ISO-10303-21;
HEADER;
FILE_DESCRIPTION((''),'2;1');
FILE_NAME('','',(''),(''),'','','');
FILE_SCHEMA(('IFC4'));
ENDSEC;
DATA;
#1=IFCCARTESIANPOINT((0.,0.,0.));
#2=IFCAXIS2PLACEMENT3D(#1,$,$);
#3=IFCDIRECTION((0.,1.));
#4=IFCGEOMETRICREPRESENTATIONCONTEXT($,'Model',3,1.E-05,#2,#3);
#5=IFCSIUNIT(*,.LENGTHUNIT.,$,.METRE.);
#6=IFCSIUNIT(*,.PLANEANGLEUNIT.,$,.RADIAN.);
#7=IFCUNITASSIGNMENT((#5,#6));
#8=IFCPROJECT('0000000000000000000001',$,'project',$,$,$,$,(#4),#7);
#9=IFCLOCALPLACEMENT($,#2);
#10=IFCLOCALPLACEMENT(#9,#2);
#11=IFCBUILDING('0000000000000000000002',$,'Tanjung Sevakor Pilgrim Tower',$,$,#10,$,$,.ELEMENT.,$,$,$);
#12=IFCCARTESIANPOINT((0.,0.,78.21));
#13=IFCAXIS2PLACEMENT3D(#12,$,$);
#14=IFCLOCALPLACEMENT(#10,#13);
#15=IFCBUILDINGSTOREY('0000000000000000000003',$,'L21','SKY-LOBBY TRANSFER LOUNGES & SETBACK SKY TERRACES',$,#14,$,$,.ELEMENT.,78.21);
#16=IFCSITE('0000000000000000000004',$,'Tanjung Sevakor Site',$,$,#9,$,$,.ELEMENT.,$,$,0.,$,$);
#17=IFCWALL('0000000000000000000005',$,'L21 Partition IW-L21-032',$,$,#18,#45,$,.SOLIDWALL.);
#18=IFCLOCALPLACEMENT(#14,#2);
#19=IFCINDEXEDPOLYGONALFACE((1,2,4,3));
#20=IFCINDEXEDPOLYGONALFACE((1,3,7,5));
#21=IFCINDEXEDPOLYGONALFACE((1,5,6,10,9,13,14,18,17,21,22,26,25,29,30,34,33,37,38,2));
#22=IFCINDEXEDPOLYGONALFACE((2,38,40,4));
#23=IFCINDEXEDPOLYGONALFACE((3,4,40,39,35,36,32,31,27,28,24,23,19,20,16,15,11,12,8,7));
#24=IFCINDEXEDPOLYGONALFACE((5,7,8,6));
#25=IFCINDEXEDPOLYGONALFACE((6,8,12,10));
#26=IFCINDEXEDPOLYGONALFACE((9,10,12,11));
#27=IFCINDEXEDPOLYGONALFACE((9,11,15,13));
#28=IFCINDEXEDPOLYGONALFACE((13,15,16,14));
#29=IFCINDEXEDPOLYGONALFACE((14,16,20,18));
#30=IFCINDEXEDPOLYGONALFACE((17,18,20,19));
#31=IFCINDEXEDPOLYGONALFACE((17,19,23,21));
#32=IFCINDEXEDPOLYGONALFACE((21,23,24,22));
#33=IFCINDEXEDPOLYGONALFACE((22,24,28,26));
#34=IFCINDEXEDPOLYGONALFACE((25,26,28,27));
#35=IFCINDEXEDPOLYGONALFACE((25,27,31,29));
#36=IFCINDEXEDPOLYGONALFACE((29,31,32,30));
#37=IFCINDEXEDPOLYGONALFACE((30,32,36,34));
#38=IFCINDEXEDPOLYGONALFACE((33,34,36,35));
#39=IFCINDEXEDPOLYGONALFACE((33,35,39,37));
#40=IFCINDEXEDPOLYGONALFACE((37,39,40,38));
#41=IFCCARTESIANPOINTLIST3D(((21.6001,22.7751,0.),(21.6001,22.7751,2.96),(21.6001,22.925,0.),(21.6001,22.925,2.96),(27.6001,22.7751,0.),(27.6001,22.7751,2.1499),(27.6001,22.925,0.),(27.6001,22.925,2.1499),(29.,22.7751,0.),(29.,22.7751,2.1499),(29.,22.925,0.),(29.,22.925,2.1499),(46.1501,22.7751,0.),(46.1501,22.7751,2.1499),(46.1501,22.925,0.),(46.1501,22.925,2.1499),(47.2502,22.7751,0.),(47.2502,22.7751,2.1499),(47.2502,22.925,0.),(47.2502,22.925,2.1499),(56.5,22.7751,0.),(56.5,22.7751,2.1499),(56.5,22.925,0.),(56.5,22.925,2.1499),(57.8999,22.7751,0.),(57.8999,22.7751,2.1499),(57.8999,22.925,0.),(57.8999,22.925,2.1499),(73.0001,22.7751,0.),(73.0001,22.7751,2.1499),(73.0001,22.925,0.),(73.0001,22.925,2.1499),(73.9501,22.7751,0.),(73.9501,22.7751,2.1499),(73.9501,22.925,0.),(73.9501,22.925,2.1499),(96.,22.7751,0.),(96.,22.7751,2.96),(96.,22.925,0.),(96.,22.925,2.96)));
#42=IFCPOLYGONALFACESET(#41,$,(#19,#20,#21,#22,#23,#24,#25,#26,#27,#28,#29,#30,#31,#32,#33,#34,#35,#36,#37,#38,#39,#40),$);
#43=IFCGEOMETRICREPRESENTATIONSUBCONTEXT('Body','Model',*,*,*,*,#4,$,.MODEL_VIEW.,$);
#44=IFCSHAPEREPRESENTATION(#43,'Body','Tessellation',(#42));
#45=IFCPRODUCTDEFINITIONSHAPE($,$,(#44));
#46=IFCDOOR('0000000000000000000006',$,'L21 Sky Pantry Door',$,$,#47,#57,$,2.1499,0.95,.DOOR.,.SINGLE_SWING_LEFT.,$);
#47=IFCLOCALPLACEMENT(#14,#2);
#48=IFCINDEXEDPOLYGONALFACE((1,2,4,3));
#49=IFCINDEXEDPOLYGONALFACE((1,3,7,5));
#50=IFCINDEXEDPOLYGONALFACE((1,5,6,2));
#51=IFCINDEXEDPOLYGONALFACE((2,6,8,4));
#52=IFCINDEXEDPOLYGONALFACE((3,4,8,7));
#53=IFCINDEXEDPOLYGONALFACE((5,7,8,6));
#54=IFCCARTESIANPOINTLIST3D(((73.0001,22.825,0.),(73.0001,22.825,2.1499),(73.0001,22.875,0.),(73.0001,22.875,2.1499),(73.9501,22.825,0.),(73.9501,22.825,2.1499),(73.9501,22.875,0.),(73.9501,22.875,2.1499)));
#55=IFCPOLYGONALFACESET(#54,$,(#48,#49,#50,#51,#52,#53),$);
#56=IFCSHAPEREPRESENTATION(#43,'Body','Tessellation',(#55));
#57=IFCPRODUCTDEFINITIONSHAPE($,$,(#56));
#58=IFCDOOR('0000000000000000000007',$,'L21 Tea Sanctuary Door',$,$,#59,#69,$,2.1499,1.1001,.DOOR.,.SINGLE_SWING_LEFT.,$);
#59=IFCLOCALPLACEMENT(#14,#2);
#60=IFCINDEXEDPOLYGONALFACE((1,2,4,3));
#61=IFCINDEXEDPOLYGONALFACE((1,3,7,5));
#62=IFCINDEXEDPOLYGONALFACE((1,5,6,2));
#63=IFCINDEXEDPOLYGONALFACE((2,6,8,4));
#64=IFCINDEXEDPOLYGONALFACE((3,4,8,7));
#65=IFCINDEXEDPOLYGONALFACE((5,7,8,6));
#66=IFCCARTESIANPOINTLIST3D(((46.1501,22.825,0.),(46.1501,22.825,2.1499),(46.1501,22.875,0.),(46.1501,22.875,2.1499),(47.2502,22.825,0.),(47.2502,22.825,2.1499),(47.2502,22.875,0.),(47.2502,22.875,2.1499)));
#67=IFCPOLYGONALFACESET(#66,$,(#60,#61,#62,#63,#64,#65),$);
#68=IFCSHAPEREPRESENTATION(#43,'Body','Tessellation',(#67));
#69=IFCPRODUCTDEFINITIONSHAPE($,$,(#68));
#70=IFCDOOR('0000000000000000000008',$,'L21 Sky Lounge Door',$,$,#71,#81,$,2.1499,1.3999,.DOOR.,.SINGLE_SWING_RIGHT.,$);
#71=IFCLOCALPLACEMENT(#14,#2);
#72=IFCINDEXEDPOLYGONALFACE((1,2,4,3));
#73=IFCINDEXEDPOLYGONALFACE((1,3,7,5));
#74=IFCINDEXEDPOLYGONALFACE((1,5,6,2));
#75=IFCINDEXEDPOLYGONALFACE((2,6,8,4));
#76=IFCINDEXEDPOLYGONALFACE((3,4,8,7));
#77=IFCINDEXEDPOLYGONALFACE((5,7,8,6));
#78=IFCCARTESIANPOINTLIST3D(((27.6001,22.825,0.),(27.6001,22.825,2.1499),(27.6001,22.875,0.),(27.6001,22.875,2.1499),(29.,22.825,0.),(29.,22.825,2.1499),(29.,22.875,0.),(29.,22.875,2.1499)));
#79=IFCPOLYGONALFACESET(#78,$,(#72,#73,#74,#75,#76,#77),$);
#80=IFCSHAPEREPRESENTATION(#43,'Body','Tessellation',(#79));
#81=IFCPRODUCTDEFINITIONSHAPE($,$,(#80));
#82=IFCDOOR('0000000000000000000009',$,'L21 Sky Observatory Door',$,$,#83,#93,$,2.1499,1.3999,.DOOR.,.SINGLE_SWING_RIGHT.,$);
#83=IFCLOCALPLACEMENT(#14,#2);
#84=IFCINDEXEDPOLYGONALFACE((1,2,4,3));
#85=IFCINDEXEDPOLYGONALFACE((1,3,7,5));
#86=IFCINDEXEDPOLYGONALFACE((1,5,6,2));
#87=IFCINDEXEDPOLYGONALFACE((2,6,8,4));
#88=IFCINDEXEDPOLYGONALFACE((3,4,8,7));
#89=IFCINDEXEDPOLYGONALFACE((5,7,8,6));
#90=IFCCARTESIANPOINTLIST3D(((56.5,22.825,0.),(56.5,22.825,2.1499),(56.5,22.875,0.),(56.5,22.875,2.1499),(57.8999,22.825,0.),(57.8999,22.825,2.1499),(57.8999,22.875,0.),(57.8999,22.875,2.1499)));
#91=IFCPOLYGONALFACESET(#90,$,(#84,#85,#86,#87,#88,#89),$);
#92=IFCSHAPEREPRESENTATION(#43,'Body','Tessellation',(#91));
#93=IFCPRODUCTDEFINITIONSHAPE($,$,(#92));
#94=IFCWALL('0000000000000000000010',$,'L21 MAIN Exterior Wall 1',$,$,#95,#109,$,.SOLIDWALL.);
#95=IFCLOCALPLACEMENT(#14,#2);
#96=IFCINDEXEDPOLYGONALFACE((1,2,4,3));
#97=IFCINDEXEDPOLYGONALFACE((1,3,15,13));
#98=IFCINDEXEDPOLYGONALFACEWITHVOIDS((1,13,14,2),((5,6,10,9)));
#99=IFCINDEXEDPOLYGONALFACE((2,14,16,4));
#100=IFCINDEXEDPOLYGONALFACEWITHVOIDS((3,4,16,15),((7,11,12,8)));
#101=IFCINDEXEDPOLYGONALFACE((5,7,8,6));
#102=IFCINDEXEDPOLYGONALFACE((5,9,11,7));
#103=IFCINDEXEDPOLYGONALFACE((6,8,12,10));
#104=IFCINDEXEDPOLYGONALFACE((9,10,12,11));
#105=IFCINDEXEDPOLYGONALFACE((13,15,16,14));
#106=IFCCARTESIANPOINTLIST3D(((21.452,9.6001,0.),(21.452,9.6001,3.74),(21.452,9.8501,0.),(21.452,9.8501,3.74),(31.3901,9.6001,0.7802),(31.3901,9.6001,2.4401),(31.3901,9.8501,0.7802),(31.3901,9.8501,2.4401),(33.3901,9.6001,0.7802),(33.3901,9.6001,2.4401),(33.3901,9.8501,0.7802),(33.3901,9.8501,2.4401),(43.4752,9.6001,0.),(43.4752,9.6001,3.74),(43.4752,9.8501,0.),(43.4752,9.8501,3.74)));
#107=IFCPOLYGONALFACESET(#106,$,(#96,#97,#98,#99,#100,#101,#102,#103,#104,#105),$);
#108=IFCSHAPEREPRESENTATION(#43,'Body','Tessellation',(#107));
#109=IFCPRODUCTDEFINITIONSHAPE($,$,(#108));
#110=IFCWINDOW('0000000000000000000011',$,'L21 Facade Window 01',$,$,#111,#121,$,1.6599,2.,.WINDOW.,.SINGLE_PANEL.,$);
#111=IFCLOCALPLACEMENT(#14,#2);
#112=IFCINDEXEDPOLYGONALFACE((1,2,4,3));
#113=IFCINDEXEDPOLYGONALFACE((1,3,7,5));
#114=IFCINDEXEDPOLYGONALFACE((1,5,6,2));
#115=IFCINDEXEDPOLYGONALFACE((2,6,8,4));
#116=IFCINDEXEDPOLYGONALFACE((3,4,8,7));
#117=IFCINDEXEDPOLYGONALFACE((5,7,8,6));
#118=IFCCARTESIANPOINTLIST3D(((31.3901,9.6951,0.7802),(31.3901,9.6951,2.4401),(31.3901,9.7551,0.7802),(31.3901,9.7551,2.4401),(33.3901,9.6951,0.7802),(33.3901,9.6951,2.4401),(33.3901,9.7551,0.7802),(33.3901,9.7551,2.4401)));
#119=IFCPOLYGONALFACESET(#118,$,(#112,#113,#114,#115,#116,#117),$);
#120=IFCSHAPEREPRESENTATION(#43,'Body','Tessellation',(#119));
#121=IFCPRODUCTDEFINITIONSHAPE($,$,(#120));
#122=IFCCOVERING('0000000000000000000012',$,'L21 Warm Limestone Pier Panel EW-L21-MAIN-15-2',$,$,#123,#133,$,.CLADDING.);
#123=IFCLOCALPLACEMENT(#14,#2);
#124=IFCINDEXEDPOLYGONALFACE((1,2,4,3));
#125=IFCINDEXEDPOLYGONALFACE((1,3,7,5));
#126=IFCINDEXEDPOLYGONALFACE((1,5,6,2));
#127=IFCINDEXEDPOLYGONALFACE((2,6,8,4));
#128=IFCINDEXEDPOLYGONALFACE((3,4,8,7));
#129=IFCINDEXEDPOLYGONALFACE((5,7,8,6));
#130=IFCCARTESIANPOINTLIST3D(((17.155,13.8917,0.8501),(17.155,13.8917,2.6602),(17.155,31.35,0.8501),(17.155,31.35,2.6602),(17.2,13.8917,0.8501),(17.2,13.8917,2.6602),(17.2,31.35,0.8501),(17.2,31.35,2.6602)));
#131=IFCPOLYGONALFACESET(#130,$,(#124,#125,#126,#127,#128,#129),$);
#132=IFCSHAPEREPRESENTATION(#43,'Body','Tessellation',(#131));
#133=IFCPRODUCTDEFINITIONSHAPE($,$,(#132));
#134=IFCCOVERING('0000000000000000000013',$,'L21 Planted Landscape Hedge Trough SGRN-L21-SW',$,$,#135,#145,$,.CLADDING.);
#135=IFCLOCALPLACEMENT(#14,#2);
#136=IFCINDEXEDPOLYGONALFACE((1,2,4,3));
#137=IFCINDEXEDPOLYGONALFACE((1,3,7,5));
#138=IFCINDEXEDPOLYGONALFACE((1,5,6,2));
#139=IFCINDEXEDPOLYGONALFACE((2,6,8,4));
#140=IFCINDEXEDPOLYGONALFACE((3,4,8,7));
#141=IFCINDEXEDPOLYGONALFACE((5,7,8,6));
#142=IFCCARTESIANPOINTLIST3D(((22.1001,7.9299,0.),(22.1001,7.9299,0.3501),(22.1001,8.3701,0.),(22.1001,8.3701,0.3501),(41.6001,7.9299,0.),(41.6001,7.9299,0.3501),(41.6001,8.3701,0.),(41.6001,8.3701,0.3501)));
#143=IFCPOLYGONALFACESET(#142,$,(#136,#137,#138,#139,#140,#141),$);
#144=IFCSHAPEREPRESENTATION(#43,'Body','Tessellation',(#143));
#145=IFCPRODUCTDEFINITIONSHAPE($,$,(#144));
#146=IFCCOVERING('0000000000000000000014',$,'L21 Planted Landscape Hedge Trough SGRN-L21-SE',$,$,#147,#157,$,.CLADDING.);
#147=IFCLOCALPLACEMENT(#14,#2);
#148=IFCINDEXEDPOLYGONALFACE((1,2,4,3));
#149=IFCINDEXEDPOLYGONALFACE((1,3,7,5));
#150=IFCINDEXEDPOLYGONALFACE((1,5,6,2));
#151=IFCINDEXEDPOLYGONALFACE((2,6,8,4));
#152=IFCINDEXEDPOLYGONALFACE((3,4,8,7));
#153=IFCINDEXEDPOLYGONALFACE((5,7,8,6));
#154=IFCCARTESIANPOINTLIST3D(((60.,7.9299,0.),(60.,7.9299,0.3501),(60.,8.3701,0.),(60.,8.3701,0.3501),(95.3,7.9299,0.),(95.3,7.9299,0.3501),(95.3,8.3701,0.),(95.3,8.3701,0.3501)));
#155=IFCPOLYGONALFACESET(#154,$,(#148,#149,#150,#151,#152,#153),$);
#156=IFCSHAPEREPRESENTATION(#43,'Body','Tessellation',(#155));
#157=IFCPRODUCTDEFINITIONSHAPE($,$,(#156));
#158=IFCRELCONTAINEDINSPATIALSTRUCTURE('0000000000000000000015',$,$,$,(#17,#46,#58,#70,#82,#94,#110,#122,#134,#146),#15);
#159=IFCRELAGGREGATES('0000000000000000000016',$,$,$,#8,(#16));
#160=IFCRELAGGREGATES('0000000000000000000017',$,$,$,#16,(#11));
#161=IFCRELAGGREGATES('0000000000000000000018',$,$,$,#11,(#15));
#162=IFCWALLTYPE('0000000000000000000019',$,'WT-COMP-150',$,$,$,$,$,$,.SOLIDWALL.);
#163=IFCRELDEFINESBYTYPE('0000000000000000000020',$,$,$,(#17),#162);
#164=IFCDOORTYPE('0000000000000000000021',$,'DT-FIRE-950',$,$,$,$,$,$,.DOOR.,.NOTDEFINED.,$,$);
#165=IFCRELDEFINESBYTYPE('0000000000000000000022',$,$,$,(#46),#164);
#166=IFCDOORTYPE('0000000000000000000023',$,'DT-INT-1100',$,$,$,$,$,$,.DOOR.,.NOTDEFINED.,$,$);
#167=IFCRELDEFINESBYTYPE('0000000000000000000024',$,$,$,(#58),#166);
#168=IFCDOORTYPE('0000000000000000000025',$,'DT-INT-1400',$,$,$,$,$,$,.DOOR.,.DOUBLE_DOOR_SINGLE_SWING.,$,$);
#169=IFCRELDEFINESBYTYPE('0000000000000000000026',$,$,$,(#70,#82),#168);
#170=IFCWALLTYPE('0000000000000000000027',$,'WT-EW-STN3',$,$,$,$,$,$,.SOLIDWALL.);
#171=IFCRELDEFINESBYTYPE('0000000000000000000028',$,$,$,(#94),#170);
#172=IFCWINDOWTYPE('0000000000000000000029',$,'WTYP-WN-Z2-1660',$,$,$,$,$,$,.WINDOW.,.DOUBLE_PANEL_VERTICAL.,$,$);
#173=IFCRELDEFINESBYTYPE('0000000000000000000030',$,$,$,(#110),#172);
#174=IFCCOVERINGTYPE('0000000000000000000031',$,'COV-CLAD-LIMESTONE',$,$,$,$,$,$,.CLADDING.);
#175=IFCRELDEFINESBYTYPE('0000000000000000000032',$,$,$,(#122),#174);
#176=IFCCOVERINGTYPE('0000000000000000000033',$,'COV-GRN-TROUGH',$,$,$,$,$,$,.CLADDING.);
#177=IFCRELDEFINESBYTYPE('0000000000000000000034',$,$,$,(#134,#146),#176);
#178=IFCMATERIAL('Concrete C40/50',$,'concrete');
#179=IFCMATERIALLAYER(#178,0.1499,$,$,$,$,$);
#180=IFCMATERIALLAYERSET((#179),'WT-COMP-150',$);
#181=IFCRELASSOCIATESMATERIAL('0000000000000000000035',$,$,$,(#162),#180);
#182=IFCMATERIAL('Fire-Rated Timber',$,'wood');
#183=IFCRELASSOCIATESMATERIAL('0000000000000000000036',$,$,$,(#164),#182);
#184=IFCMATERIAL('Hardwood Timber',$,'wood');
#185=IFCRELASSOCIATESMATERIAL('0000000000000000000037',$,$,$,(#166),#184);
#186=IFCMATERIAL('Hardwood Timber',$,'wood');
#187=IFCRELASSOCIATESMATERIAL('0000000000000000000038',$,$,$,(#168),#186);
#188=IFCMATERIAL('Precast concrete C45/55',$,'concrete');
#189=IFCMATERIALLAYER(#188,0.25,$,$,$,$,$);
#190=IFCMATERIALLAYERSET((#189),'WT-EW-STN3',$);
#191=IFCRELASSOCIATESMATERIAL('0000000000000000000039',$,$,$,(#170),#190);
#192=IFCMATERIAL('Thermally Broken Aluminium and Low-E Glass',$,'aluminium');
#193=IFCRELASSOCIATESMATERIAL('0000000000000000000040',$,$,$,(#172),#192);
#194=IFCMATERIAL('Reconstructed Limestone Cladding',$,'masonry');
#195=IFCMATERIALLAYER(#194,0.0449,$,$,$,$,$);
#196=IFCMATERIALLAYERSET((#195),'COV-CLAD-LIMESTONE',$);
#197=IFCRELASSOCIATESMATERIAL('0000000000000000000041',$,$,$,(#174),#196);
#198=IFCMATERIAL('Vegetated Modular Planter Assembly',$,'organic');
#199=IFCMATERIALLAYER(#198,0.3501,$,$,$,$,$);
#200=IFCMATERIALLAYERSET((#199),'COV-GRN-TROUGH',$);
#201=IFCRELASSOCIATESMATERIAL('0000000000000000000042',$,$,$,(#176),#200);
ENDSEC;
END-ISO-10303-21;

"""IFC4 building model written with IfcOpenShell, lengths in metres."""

from ifc_helpers import new_model, si_unit, direction, frame, frame_2d, origin, origin_2d, place, context, subcontext, project, spatial, polyline, rectangle, outline, extrude, material, layer, layer_set, type_object, element, fill, save


model = new_model("IFC4")

# Units and contexts
model_context = context("Model", 3, precision=1e-05, world=origin(), true_north=direction((0.0, 1.0)))
body_context = subcontext(model_context, "Body", "Model", "MODEL_VIEW")
ifc_project = project(units=[si_unit("LENGTHUNIT", "METRE"), si_unit("PLANEANGLEUNIT", "RADIAN")], contexts=[model_context])

# Site, building, storey
site_placement = place(None, origin())
site = spatial("IfcSite", under=ifc_project, at=site_placement, Name="Tanjung Sevakor Site", CompositionType="ELEMENT", RefElevation=0.0)
building_placement = place(site_placement, origin())
building = spatial("IfcBuilding", under=site, at=building_placement, Name="Tanjung Sevakor Pilgrim Tower", CompositionType="ELEMENT")
storey_placement = place(building_placement, frame((0.0, 0.0, 78.21)))
storey = spatial("IfcBuildingStorey", under=building, at=storey_placement, Name="L21", Description="SKY-LOBBY TRANSFER LOUNGES & SETBACK SKY TERRACES", CompositionType="ELEMENT", Elevation=78.21)

# Shared definitions
ifc_material_1 = material(Name="Concrete C40/50", Category="concrete")
ifc_layer_1 = layer(ifc_material_1, 0.1499)
ifc_layer_set_1 = layer_set([ifc_layer_1], Name="WT-COMP-150")
wall_type_1 = type_object("IfcWallType", Name="WT-COMP-150", PredefinedType="SOLIDWALL", material=ifc_layer_set_1)

# Wall, openings, doors
wall_1_placement = place(storey_placement, frame((21.6001, 22.8501, 0.0), z_axis=(0.0, 0.0, 1.0), x_axis=(1.0, 0.0, 0.0)))
wall_1 = element("IfcWall", 1, at=wall_1_placement, inside=storey, type_object=wall_type_1, Name="L21 Partition IW-L21-032", PredefinedType="SOLIDWALL", context=body_context, shape_type="SweptSolid", body=[
    extrude(rectangle(XDim=74.3999, YDim=0.1499, at=frame_2d((37.2, 0.0))), origin(), (0.0, 0.0, 1.0), 2.96),
])
opening_1_placement = place(wall_1_placement, frame((6.0, 0.0, 0.0)))
opening_1 = element("IfcOpeningElement", 2, at=opening_1_placement, cuts=wall_1, PredefinedType="OPENING", context=body_context, shape_type="SweptSolid", body=[
    extrude(rectangle(XDim=1.3999, YDim=2.1499, at=frame_2d((0.7, 1.075))), frame((0.0, 0.085, 0.0), z_axis=(0.0, -1.0, 0.0), x_axis=(1.0, 0.0, 0.0)), (0.0, 0.0, 1.0), 0.1699),
])
opening_2_placement = place(wall_1_placement, frame((24.55, 0.0, 0.0)))
opening_2 = element("IfcOpeningElement", 3, at=opening_2_placement, cuts=wall_1, PredefinedType="OPENING", context=body_context, shape_type="SweptSolid", body=[
    extrude(rectangle(XDim=1.1001, YDim=2.1499, at=frame_2d((0.55, 1.075))), frame((0.0, 0.085, 0.0), z_axis=(0.0, -1.0, 0.0), x_axis=(1.0, 0.0, 0.0)), (0.0, 0.0, 1.0), 0.1699),
])
opening_3_placement = place(wall_1_placement, frame((34.8999, 0.0, 0.0)))
opening_3 = element("IfcOpeningElement", 4, at=opening_3_placement, cuts=wall_1, PredefinedType="OPENING", context=body_context, shape_type="SweptSolid", body=[
    extrude(rectangle(XDim=1.3999, YDim=2.1499, at=frame_2d((0.7, 1.075))), frame((0.0, 0.085, 0.0), z_axis=(0.0, -1.0, 0.0), x_axis=(1.0, 0.0, 0.0)), (0.0, 0.0, 1.0), 0.1699),
])
opening_4_placement = place(wall_1_placement, frame((51.3999, 0.0, 0.0)))
opening_4 = element("IfcOpeningElement", 5, at=opening_4_placement, cuts=wall_1, PredefinedType="OPENING", context=body_context, shape_type="SweptSolid", body=[
    extrude(rectangle(XDim=0.95, YDim=2.1499, at=frame_2d((0.4751, 1.075))), frame((0.0, 0.085, 0.0), z_axis=(0.0, -1.0, 0.0), x_axis=(1.0, 0.0, 0.0)), (0.0, 0.0, 1.0), 0.1699),
])
ifc_material_2 = material(Name="Fire-Rated Timber", Category="wood")
door_type_1 = type_object("IfcDoorType", Name="DT-FIRE-950", OperationType="NOTDEFINED", PredefinedType="DOOR", material=ifc_material_2)
door_1_placement = place(opening_4_placement, origin())
door_1 = element("IfcDoor", 6, at=door_1_placement, inside=storey, type_object=door_type_1, Name="L21 Sky Pantry Door", OperationType="SINGLE_SWING_LEFT", OverallHeight=2.1499, OverallWidth=0.95, PredefinedType="DOOR", context=body_context, shape_type="SweptSolid", body=[
    extrude(rectangle(XDim=0.95, YDim=2.1499, at=frame_2d((0.4751, 1.075))), frame((0.0, 0.0249, 0.0), z_axis=(0.0, -1.0, 0.0), x_axis=(1.0, 0.0, 0.0)), (0.0, 0.0, 1.0), 0.05),
])
fill(opening_4, door_1)
ifc_material_3 = material(Name="Hardwood Timber", Category="wood")
door_type_2 = type_object("IfcDoorType", Name="DT-INT-1100", OperationType="NOTDEFINED", PredefinedType="DOOR", material=ifc_material_3)
door_2_placement = place(opening_2_placement, origin())
door_2 = element("IfcDoor", 7, at=door_2_placement, inside=storey, type_object=door_type_2, Name="L21 Tea Sanctuary Door", OperationType="SINGLE_SWING_LEFT", OverallHeight=2.1499, OverallWidth=1.1001, PredefinedType="DOOR", context=body_context, shape_type="SweptSolid", body=[
    extrude(rectangle(XDim=1.1001, YDim=2.1499, at=frame_2d((0.55, 1.075))), frame((0.0, 0.0249, 0.0), z_axis=(0.0, -1.0, 0.0), x_axis=(1.0, 0.0, 0.0)), (0.0, 0.0, 1.0), 0.05),
])
fill(opening_2, door_2)
ifc_material_4 = material(Name="Hardwood Timber", Category="wood")
door_type_3 = type_object("IfcDoorType", Name="DT-INT-1400", OperationType="DOUBLE_DOOR_SINGLE_SWING", PredefinedType="DOOR", material=ifc_material_4)
door_3_placement = place(opening_1_placement, origin())
door_3 = element("IfcDoor", 8, at=door_3_placement, inside=storey, type_object=door_type_3, Name="L21 Sky Lounge Door", OperationType="SINGLE_SWING_RIGHT", OverallHeight=2.1499, OverallWidth=1.3999, PredefinedType="DOOR", context=body_context, shape_type="SweptSolid", body=[
    extrude(rectangle(XDim=1.3999, YDim=2.1499, at=frame_2d((0.7, 1.075))), frame((0.0, 0.0249, 0.0), z_axis=(0.0, -1.0, 0.0), x_axis=(1.0, 0.0, 0.0)), (0.0, 0.0, 1.0), 0.05),
])
fill(opening_1, door_3)
door_4_placement = place(opening_3_placement, origin())
door_4 = element("IfcDoor", 9, at=door_4_placement, inside=storey, type_object=door_type_3, Name="L21 Sky Observatory Door", OperationType="SINGLE_SWING_RIGHT", OverallHeight=2.1499, OverallWidth=1.3999, PredefinedType="DOOR", context=body_context, shape_type="SweptSolid", body=[
    extrude(rectangle(XDim=1.3999, YDim=2.1499, at=frame_2d((0.7, 1.075))), frame((0.0, 0.0249, 0.0), z_axis=(0.0, -1.0, 0.0), x_axis=(1.0, 0.0, 0.0)), (0.0, 0.0, 1.0), 0.05),
])
fill(opening_3, door_4)

# Wall, opening, window
ifc_material_5 = material(Name="Precast concrete C45/55", Category="concrete")
ifc_layer_2 = layer(ifc_material_5, 0.25)
ifc_layer_set_2 = layer_set([ifc_layer_2], Name="WT-EW-STN3")
wall_type_2 = type_object("IfcWallType", Name="WT-EW-STN3", PredefinedType="SOLIDWALL", material=ifc_layer_set_2)
wall_2_placement = place(storey_placement, frame((21.4519, 9.7251, 0.0), z_axis=(0.0, 0.0, 1.0), x_axis=(1.0, 0.0, 0.0)))
wall_2 = element("IfcWall", 10, at=wall_2_placement, inside=storey, type_object=wall_type_2, Name="L21 MAIN Exterior Wall 1", PredefinedType="SOLIDWALL", context=body_context, shape_type="SweptSolid", body=[
    extrude(rectangle(XDim=22.0232, YDim=0.25, at=frame_2d((11.0117, 0.0))), origin(), (0.0, 0.0, 1.0), 3.74),
])
opening_5_placement = place(wall_2_placement, frame((9.9382, 0.0, 0.78)))
opening_5 = element("IfcOpeningElement", 11, at=opening_5_placement, cuts=wall_2, PredefinedType="OPENING", context=body_context, shape_type="SweptSolid", body=[
    extrude(rectangle(XDim=2.0, YDim=1.6599, at=frame_2d((1.0, 0.8301))), frame((0.0, 0.135, 0.0), z_axis=(0.0, -1.0, 0.0), x_axis=(1.0, 0.0, 0.0)), (0.0, 0.0, 1.0), 0.27),
])
ifc_material_6 = material(Name="Thermally Broken Aluminium and Low-E Glass", Category="aluminium")
window_type = type_object("IfcWindowType", Name="WTYP-WN-Z2-1660", PartitioningType="DOUBLE_PANEL_VERTICAL", PredefinedType="WINDOW", material=ifc_material_6)
window_placement = place(opening_5_placement, origin())
window = element("IfcWindow", 12, at=window_placement, inside=storey, type_object=window_type, Name="L21 Facade Window 01", OverallHeight=1.6599, OverallWidth=2.0, PartitioningType="SINGLE_PANEL", PredefinedType="WINDOW", context=body_context, shape_type="SweptSolid", body=[
    extrude(rectangle(XDim=2.0, YDim=1.6599, at=frame_2d((1.0, 0.8301))), frame((0.0, 0.03, 0.0), z_axis=(0.0, -1.0, 0.0), x_axis=(1.0, 0.0, 0.0)), (0.0, 0.0, 1.0), 0.0601),
])
fill(opening_5, window)

# Coverings
ifc_material_7 = material(Name="Reconstructed Limestone Cladding", Category="masonry")
ifc_layer_3 = layer(ifc_material_7, 0.0449)
ifc_layer_set_3 = layer_set([ifc_layer_3], Name="COV-CLAD-LIMESTONE")
covering_type_1 = type_object("IfcCoveringType", Name="COV-CLAD-LIMESTONE", PredefinedType="CLADDING", material=ifc_layer_set_3)
covering_1_placement = place(storey_placement, frame((17.1775, 22.6208, 0.8501), z_axis=(0.0, 0.0, 1.0), x_axis=(0.0, -1.0, 0.0)))
element("IfcCovering", 13, at=covering_1_placement, inside=storey, type_object=covering_type_1, Name="L21 Warm Limestone Pier Panel EW-L21-MAIN-15-2", PredefinedType="CLADDING", context=body_context, shape_type="SweptSolid", body=[
    extrude(rectangle(XDim=17.4583, YDim=0.0449, at=origin_2d()), origin(), (0.0, 0.0, 1.0), 1.8101),
])
ifc_material_8 = material(Name="Vegetated Modular Planter Assembly", Category="organic")
ifc_layer_4 = layer(ifc_material_8, 0.3501)
ifc_layer_set_4 = layer_set([ifc_layer_4], Name="COV-GRN-TROUGH")
covering_type_2 = type_object("IfcCoveringType", Name="COV-GRN-TROUGH", PredefinedType="CLADDING", material=ifc_layer_set_4)
covering_2_placement = place(storey_placement, origin())
element("IfcCovering", 14, at=covering_2_placement, inside=storey, type_object=covering_type_2, Name="L21 Planted Landscape Hedge Trough SGRN-L21-SW", PredefinedType="CLADDING", context=body_context, shape_type="SweptSolid", body=[
    extrude(outline(polyline([(22.1001, 7.9299), (41.6001, 7.9299), (41.6001, 8.3701), (22.1001, 8.3701), (22.1001, 7.9299)])), origin(), (0.0, 0.0, 1.0), 0.3501),
])
covering_3_placement = place(storey_placement, origin())
element("IfcCovering", 15, at=covering_3_placement, inside=storey, type_object=covering_type_2, Name="L21 Planted Landscape Hedge Trough SGRN-L21-SE", PredefinedType="CLADDING", context=body_context, shape_type="SweptSolid", body=[
    extrude(outline(polyline([(60.0, 7.9299), (95.3, 7.9299), (95.3, 8.3701), (60.0, 8.3701), (60.0, 7.9299)])), origin(), (0.0, 0.0, 1.0), 0.3501),
])

save(model, "model.ifc")
